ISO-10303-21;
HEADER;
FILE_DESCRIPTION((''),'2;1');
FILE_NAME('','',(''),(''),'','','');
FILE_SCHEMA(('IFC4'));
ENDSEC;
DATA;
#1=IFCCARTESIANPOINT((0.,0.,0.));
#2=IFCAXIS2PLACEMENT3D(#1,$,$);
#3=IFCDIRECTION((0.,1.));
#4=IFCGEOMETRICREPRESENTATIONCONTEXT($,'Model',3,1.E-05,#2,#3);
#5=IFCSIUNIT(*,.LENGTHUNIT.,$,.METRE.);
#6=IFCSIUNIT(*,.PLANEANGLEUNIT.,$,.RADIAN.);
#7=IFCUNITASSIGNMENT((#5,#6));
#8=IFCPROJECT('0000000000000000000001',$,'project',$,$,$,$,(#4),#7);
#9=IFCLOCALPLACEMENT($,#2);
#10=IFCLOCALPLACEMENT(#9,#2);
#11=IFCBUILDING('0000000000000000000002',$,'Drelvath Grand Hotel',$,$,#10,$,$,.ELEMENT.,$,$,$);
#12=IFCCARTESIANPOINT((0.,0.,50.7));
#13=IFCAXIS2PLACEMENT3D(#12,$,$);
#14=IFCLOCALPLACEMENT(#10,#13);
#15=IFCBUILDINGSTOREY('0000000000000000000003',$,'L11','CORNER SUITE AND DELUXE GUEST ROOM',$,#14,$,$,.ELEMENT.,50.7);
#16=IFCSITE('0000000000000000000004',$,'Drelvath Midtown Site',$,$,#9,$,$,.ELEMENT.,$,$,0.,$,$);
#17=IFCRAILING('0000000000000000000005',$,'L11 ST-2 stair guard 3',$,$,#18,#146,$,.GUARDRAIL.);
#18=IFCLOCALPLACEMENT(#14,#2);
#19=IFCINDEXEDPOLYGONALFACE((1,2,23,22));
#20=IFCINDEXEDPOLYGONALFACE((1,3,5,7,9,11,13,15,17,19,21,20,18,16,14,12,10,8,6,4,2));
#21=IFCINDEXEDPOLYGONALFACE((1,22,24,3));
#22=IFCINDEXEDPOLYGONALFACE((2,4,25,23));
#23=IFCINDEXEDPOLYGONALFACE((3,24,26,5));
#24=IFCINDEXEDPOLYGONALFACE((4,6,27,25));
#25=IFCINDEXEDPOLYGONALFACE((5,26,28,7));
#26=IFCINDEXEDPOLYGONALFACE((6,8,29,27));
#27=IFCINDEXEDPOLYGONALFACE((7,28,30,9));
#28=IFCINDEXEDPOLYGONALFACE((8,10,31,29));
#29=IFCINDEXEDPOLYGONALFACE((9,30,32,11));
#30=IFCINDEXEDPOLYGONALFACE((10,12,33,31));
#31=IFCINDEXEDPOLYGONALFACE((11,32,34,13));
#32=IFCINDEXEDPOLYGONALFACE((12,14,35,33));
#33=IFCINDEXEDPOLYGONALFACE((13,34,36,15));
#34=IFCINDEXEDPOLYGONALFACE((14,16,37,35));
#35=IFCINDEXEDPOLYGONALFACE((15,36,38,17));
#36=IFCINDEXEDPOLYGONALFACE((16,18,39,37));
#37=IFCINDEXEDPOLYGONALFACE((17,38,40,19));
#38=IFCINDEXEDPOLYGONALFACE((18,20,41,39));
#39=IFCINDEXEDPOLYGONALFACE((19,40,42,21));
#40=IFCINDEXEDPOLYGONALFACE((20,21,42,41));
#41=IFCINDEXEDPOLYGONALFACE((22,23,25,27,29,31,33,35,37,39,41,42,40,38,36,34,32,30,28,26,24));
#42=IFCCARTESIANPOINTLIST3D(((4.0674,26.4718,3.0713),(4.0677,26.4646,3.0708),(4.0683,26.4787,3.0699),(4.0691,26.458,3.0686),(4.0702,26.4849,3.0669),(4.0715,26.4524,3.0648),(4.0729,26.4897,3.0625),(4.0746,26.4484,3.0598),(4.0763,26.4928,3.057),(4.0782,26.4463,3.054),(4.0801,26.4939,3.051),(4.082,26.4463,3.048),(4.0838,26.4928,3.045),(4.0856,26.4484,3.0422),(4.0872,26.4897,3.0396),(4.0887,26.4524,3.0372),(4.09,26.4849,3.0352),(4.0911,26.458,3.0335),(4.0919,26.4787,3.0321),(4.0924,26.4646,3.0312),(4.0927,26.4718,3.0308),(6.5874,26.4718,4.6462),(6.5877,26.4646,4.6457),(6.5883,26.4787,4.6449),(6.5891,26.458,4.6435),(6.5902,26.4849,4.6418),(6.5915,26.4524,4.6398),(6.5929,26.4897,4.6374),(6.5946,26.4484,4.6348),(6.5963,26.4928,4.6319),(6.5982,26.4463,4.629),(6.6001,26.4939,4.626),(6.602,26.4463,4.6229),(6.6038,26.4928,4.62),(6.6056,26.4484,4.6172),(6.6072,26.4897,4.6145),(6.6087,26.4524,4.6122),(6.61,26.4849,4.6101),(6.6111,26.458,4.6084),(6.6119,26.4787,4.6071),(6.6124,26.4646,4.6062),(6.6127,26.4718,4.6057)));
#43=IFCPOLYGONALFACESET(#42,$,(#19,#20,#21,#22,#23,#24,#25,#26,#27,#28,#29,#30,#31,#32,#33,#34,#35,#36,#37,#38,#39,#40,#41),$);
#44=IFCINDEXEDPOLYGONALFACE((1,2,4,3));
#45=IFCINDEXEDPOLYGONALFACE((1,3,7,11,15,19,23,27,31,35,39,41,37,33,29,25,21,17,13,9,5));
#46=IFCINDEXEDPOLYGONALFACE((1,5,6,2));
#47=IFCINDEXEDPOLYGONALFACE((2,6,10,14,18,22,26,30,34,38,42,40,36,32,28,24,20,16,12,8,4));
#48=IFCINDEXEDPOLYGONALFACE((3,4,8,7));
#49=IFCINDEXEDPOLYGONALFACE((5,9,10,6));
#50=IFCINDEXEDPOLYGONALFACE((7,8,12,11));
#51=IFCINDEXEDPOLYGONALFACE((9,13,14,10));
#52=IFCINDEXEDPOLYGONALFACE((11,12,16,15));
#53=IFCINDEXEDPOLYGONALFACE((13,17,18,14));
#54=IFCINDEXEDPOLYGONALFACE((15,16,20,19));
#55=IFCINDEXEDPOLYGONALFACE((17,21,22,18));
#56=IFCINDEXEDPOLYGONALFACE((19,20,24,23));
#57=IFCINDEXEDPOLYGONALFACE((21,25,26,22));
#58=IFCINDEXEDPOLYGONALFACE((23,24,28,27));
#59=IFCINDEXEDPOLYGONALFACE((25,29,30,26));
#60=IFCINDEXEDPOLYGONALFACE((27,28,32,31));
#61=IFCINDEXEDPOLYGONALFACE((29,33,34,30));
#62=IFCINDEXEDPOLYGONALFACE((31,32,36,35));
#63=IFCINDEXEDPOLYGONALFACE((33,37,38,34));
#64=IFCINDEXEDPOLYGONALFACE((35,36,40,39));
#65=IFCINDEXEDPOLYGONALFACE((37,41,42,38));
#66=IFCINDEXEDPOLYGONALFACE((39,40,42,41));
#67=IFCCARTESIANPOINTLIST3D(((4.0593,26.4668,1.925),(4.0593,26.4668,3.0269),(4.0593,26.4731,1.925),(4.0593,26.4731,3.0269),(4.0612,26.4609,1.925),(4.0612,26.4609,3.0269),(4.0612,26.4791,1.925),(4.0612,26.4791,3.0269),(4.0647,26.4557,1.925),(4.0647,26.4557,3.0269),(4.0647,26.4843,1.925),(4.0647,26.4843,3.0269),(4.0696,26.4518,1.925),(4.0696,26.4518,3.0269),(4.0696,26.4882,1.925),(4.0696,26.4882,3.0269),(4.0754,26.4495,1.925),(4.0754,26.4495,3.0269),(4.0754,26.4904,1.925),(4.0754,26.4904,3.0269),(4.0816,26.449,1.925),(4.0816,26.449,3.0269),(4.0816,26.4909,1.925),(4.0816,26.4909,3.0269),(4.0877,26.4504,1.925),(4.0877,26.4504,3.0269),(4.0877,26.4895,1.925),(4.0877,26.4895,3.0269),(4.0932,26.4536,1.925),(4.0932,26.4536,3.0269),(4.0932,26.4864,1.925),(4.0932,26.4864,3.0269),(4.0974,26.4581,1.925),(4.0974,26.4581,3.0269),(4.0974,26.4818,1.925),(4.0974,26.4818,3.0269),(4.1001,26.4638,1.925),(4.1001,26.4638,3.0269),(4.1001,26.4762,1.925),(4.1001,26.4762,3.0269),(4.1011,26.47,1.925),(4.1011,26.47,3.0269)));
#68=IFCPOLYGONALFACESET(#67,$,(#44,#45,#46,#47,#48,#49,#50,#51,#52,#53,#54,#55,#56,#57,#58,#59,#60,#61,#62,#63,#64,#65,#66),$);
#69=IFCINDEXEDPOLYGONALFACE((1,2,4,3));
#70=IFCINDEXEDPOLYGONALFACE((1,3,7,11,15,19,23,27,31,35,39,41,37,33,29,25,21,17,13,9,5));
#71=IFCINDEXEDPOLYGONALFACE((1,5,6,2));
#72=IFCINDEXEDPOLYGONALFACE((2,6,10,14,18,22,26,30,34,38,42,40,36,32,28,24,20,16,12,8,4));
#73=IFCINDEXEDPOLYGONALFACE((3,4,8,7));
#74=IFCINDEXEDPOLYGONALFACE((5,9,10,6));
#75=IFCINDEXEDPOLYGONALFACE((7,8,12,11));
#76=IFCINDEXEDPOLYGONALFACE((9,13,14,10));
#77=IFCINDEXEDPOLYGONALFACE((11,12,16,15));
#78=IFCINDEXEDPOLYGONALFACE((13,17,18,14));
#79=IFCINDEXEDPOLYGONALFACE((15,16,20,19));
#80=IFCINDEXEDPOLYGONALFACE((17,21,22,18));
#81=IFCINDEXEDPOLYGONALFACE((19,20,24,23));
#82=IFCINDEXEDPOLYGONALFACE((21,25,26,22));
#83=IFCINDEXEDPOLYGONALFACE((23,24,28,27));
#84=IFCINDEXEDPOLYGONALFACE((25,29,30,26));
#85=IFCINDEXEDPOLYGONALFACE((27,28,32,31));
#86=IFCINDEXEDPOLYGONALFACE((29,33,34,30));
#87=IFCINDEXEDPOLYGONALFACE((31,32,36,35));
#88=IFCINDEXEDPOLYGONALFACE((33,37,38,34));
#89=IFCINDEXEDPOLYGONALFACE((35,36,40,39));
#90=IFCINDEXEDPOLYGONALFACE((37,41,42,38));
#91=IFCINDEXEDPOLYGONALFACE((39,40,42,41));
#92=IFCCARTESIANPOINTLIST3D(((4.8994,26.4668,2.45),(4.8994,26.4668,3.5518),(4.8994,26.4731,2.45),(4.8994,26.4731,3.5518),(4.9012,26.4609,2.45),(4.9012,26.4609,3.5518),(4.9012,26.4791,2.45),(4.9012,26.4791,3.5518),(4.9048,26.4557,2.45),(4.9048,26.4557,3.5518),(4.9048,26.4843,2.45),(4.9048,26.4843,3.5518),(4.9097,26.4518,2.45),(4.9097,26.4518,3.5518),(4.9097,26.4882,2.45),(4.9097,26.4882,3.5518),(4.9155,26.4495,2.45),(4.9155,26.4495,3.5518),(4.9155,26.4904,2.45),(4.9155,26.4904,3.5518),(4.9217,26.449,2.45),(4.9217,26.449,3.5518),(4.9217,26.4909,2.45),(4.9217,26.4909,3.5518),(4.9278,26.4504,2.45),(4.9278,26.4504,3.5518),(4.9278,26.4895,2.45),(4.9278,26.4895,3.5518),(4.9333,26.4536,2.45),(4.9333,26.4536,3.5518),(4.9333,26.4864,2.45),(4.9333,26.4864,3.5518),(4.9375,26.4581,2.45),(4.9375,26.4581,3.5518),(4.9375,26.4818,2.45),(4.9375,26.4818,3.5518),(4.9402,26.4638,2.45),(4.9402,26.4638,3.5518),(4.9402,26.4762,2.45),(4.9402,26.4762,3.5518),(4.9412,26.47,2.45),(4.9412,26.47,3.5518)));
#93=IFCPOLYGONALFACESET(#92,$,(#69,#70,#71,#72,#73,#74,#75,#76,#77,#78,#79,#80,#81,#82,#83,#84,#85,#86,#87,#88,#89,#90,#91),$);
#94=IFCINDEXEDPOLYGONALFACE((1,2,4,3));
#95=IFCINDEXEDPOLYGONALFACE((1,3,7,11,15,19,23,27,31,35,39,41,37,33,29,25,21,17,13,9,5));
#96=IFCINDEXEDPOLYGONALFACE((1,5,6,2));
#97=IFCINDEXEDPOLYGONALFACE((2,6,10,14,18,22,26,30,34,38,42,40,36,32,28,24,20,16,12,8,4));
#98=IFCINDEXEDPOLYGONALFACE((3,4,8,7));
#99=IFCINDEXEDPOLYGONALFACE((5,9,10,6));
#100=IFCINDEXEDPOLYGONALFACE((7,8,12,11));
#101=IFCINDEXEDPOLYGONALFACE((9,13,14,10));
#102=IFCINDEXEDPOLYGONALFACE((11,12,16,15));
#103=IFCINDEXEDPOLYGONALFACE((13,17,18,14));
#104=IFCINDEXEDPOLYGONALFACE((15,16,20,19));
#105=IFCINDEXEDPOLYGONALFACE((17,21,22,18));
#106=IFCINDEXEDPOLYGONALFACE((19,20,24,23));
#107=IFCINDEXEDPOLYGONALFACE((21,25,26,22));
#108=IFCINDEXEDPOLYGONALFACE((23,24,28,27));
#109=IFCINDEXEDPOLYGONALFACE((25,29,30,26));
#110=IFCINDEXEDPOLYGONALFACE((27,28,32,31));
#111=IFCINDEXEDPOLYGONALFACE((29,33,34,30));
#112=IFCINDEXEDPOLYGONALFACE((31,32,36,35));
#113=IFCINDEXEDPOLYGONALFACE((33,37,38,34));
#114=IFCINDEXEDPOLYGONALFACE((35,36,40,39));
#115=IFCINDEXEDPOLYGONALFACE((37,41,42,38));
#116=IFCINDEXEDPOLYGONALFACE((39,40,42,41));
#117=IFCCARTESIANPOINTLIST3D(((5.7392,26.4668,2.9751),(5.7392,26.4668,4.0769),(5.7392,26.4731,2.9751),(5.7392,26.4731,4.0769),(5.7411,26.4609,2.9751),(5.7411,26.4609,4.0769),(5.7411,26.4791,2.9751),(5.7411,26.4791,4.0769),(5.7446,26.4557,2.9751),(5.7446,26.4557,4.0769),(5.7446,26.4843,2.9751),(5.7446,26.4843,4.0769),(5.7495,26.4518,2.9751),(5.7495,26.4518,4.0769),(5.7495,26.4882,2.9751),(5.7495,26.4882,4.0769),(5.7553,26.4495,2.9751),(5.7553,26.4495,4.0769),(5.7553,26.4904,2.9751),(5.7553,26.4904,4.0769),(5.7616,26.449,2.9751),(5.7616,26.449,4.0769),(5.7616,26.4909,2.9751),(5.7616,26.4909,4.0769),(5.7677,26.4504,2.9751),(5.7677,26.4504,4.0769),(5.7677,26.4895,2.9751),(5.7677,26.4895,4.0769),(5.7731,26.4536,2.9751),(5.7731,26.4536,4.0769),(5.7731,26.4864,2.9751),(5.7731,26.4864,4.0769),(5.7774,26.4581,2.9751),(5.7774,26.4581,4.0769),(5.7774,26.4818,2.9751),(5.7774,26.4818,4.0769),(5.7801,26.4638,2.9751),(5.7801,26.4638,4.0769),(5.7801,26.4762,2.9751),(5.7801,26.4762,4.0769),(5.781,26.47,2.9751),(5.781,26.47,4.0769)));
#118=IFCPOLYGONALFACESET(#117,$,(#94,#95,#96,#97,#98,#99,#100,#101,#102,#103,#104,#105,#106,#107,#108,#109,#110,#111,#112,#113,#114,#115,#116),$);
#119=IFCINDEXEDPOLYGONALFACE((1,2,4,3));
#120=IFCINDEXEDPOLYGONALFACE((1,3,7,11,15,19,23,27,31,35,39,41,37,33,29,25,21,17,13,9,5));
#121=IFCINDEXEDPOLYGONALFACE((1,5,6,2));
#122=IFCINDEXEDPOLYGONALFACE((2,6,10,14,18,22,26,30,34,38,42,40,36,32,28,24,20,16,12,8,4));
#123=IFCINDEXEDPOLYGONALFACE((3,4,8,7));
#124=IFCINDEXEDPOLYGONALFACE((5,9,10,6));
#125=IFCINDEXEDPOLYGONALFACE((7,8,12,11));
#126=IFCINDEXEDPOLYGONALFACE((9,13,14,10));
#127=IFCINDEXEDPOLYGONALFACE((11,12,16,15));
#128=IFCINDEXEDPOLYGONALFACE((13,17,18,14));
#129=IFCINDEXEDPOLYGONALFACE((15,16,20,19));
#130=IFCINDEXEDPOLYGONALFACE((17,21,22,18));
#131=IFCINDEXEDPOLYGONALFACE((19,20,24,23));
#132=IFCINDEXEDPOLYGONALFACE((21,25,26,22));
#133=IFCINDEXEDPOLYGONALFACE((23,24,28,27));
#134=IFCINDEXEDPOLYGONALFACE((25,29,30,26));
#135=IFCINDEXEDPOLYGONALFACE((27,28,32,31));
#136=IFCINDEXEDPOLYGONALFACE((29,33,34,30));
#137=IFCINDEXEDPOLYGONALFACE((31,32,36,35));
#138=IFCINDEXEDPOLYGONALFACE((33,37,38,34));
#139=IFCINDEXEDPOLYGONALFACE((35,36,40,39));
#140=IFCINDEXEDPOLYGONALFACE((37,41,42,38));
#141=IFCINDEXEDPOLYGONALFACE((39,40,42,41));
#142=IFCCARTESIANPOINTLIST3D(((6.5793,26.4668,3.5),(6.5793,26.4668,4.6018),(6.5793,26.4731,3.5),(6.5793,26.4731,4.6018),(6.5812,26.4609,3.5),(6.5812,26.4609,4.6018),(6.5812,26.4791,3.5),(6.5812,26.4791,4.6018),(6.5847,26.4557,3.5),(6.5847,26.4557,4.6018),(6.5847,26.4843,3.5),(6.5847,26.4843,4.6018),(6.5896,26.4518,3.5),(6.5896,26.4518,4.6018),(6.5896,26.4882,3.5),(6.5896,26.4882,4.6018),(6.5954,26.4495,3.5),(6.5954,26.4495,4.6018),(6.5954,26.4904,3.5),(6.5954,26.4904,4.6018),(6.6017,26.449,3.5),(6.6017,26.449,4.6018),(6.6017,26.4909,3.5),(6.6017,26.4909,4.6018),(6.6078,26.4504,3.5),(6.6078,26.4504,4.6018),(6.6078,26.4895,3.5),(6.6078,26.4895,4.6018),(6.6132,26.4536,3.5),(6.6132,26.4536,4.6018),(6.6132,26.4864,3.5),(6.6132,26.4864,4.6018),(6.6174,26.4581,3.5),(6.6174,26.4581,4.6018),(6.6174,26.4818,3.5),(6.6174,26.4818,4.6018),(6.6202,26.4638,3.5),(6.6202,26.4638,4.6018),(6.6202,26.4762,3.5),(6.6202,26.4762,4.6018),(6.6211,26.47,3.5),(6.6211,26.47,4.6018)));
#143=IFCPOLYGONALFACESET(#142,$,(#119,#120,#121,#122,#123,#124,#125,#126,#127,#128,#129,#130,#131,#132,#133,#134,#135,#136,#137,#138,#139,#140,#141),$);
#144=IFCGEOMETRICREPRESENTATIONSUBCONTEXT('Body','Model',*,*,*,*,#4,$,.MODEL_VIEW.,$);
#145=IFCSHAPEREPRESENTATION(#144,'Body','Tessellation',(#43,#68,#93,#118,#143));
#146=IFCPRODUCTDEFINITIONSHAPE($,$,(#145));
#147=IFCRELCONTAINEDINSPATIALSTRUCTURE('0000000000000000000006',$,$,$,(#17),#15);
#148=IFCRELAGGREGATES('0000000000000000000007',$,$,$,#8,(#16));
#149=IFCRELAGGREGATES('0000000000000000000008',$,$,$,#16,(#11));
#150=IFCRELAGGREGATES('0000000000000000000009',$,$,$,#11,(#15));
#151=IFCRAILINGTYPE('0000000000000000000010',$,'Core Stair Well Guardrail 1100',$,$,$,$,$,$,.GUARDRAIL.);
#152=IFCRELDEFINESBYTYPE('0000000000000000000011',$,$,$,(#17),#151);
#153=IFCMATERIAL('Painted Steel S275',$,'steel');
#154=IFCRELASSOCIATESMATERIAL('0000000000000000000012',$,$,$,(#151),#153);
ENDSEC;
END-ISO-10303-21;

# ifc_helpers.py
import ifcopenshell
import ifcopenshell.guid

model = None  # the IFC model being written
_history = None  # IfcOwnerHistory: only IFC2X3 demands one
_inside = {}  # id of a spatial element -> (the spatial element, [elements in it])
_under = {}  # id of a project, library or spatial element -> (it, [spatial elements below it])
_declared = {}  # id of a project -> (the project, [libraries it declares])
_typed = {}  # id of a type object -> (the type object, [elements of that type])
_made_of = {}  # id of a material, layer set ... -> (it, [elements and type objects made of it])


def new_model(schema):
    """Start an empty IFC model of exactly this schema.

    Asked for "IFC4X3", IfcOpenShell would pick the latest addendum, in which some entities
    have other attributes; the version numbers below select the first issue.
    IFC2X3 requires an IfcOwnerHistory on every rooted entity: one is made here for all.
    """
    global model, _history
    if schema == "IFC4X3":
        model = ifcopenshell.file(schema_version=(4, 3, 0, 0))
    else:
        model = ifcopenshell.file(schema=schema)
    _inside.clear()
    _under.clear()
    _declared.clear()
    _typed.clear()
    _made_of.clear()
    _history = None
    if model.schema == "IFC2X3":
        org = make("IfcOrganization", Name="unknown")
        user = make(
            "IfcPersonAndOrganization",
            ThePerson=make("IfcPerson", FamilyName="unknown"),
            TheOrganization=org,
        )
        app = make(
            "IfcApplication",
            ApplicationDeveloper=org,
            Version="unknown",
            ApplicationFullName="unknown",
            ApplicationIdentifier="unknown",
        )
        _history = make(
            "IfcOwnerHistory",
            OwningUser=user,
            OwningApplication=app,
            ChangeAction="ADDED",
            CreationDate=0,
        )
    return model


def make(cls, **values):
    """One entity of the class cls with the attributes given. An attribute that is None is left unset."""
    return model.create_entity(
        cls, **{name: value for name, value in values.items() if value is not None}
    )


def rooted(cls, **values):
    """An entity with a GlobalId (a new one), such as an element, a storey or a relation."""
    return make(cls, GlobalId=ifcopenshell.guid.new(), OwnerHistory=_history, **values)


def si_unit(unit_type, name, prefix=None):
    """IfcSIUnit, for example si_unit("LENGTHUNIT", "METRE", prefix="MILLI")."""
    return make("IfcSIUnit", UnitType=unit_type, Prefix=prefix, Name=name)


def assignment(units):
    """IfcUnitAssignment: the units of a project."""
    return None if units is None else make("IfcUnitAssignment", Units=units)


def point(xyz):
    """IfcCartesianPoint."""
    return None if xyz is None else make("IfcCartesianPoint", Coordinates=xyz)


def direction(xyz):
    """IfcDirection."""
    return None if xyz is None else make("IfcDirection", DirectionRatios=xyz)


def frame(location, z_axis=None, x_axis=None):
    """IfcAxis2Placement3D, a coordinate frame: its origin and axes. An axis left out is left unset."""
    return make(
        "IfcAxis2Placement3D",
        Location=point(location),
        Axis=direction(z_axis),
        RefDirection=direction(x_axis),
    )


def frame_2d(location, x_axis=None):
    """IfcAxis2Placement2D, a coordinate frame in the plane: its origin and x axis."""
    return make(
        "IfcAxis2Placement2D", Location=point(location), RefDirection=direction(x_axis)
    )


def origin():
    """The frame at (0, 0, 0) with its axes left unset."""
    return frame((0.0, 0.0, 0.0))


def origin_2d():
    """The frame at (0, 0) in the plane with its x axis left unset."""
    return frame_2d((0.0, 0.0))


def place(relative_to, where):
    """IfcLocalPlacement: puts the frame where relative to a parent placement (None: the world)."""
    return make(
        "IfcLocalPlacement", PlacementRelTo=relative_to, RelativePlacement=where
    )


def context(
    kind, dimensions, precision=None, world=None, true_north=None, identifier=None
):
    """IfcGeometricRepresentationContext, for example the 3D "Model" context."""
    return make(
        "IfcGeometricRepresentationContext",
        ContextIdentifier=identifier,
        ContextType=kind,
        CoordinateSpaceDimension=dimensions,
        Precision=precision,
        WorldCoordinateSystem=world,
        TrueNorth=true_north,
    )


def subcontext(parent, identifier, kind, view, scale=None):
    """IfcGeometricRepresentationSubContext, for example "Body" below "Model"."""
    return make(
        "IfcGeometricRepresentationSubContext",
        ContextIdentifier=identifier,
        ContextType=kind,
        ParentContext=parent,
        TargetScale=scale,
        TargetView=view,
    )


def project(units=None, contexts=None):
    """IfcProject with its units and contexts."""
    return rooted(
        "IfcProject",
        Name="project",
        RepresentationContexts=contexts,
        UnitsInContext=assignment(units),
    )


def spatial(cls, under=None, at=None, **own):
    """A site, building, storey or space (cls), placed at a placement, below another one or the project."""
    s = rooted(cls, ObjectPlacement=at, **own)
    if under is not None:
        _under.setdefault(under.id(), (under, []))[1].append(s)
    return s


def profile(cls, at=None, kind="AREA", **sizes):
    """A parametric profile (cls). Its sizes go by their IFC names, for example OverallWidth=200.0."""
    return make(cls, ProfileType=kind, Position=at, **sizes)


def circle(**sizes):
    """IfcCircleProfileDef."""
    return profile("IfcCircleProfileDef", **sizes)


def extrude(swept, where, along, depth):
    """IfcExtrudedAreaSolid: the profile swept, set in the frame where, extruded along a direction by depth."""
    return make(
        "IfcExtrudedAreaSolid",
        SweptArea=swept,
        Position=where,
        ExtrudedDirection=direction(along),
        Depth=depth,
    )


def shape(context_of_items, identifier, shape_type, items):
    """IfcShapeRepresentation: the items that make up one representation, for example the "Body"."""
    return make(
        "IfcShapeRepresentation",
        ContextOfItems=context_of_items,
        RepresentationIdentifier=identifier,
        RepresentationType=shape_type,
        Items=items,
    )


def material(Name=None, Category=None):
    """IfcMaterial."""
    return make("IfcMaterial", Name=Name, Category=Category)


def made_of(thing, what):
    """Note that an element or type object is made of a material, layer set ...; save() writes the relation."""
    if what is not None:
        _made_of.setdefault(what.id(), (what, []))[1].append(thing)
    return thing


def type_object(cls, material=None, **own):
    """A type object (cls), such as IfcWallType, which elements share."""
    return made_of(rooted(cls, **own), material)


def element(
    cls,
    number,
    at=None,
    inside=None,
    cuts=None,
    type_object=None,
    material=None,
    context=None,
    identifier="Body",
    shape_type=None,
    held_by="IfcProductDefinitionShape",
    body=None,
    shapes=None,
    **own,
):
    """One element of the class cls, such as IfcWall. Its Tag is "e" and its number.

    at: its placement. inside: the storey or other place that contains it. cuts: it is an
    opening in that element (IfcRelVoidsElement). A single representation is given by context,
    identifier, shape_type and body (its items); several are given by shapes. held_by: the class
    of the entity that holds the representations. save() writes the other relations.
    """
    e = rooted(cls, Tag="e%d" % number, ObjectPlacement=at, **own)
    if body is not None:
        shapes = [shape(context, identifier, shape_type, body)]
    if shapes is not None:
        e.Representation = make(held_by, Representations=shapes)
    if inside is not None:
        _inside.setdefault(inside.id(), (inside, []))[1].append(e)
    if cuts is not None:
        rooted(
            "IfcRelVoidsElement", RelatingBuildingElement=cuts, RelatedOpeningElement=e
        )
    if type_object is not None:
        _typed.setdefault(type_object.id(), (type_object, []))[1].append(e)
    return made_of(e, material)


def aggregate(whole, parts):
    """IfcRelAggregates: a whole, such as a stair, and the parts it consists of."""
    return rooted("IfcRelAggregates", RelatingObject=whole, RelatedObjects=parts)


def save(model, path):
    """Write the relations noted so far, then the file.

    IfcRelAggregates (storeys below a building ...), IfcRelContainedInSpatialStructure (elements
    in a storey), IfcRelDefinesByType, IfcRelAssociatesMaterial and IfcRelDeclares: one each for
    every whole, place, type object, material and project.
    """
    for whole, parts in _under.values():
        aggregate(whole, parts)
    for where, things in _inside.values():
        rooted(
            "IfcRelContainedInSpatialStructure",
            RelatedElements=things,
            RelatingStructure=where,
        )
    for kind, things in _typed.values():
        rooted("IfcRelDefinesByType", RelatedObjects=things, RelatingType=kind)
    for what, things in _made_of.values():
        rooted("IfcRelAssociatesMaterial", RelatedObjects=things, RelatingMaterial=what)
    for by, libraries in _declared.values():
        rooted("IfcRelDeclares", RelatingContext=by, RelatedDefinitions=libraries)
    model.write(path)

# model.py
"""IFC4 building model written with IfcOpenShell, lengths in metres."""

from ifc_helpers import new_model, si_unit, direction, frame, origin, origin_2d, place, context, subcontext, project, spatial, circle, extrude, material, type_object, element, save


model = new_model("IFC4")

# Units and contexts
model_context = context("Model", 3, precision=1e-05, world=origin(), true_north=direction((0.0, 1.0)))
body_context = subcontext(model_context, "Body", "Model", "MODEL_VIEW")
ifc_project = project(units=[si_unit("LENGTHUNIT", "METRE"), si_unit("PLANEANGLEUNIT", "RADIAN")], contexts=[model_context])

# Site, building, storey
site_placement = place(None, origin())
site = spatial("IfcSite", under=ifc_project, at=site_placement, Name="Drelvath Midtown Site", CompositionType="ELEMENT", RefElevation=0.0)
building_placement = place(site_placement, origin())
building = spatial("IfcBuilding", under=site, at=building_placement, Name="Drelvath Grand Hotel", CompositionType="ELEMENT")
storey_placement = place(building_placement, frame((0.0, 0.0, 50.7)))
storey = spatial("IfcBuildingStorey", under=building, at=storey_placement, Name="L11", Description="CORNER SUITE AND DELUXE GUEST ROOM", CompositionType="ELEMENT", Elevation=50.7)

# Shared definitions
ifc_material_1 = material(Name="Painted Steel S275", Category="steel")

# Railing
railing_type_1 = type_object("IfcRailingType", Name="Core Stair Well Guardrail 1100", PredefinedType="GUARDRAIL", material=ifc_material_1)
railing_1_placement = place(storey_placement, frame((4.0801, 26.47, 1.925)))
element("IfcRailing", 1, at=railing_1_placement, inside=storey, type_object=railing_type_1, Name="L11 ST-2 stair guard 3", PredefinedType="GUARDRAIL", context=body_context, shape_type="SweptSolid", body=[
    extrude(circle(Radius=0.0239, at=origin_2d()), frame((0.0, 0.0, 1.126), z_axis=(0.848008, 0.0, 0.529984), x_axis=(0.0, 1.0, 0.0)), (0.0, 0.0, 1.0), 2.9717),
    extrude(circle(Radius=0.021, at=origin_2d()), origin(), (0.0, 0.0, 1.0), 1.1018),
    extrude(circle(Radius=0.021, at=origin_2d()), frame((0.8401, 0.0, 0.5249)), (0.0, 0.0, 1.0), 1.1018),
    extrude(circle(Radius=0.021, at=origin_2d()), frame((1.6799, 0.0, 1.05)), (0.0, 0.0, 1.0), 1.1018),
    extrude(circle(Radius=0.021, at=origin_2d()), frame((2.52, 0.0, 1.575)), (0.0, 0.0, 1.0), 1.1018),
])

save(model, "model.ifc")
